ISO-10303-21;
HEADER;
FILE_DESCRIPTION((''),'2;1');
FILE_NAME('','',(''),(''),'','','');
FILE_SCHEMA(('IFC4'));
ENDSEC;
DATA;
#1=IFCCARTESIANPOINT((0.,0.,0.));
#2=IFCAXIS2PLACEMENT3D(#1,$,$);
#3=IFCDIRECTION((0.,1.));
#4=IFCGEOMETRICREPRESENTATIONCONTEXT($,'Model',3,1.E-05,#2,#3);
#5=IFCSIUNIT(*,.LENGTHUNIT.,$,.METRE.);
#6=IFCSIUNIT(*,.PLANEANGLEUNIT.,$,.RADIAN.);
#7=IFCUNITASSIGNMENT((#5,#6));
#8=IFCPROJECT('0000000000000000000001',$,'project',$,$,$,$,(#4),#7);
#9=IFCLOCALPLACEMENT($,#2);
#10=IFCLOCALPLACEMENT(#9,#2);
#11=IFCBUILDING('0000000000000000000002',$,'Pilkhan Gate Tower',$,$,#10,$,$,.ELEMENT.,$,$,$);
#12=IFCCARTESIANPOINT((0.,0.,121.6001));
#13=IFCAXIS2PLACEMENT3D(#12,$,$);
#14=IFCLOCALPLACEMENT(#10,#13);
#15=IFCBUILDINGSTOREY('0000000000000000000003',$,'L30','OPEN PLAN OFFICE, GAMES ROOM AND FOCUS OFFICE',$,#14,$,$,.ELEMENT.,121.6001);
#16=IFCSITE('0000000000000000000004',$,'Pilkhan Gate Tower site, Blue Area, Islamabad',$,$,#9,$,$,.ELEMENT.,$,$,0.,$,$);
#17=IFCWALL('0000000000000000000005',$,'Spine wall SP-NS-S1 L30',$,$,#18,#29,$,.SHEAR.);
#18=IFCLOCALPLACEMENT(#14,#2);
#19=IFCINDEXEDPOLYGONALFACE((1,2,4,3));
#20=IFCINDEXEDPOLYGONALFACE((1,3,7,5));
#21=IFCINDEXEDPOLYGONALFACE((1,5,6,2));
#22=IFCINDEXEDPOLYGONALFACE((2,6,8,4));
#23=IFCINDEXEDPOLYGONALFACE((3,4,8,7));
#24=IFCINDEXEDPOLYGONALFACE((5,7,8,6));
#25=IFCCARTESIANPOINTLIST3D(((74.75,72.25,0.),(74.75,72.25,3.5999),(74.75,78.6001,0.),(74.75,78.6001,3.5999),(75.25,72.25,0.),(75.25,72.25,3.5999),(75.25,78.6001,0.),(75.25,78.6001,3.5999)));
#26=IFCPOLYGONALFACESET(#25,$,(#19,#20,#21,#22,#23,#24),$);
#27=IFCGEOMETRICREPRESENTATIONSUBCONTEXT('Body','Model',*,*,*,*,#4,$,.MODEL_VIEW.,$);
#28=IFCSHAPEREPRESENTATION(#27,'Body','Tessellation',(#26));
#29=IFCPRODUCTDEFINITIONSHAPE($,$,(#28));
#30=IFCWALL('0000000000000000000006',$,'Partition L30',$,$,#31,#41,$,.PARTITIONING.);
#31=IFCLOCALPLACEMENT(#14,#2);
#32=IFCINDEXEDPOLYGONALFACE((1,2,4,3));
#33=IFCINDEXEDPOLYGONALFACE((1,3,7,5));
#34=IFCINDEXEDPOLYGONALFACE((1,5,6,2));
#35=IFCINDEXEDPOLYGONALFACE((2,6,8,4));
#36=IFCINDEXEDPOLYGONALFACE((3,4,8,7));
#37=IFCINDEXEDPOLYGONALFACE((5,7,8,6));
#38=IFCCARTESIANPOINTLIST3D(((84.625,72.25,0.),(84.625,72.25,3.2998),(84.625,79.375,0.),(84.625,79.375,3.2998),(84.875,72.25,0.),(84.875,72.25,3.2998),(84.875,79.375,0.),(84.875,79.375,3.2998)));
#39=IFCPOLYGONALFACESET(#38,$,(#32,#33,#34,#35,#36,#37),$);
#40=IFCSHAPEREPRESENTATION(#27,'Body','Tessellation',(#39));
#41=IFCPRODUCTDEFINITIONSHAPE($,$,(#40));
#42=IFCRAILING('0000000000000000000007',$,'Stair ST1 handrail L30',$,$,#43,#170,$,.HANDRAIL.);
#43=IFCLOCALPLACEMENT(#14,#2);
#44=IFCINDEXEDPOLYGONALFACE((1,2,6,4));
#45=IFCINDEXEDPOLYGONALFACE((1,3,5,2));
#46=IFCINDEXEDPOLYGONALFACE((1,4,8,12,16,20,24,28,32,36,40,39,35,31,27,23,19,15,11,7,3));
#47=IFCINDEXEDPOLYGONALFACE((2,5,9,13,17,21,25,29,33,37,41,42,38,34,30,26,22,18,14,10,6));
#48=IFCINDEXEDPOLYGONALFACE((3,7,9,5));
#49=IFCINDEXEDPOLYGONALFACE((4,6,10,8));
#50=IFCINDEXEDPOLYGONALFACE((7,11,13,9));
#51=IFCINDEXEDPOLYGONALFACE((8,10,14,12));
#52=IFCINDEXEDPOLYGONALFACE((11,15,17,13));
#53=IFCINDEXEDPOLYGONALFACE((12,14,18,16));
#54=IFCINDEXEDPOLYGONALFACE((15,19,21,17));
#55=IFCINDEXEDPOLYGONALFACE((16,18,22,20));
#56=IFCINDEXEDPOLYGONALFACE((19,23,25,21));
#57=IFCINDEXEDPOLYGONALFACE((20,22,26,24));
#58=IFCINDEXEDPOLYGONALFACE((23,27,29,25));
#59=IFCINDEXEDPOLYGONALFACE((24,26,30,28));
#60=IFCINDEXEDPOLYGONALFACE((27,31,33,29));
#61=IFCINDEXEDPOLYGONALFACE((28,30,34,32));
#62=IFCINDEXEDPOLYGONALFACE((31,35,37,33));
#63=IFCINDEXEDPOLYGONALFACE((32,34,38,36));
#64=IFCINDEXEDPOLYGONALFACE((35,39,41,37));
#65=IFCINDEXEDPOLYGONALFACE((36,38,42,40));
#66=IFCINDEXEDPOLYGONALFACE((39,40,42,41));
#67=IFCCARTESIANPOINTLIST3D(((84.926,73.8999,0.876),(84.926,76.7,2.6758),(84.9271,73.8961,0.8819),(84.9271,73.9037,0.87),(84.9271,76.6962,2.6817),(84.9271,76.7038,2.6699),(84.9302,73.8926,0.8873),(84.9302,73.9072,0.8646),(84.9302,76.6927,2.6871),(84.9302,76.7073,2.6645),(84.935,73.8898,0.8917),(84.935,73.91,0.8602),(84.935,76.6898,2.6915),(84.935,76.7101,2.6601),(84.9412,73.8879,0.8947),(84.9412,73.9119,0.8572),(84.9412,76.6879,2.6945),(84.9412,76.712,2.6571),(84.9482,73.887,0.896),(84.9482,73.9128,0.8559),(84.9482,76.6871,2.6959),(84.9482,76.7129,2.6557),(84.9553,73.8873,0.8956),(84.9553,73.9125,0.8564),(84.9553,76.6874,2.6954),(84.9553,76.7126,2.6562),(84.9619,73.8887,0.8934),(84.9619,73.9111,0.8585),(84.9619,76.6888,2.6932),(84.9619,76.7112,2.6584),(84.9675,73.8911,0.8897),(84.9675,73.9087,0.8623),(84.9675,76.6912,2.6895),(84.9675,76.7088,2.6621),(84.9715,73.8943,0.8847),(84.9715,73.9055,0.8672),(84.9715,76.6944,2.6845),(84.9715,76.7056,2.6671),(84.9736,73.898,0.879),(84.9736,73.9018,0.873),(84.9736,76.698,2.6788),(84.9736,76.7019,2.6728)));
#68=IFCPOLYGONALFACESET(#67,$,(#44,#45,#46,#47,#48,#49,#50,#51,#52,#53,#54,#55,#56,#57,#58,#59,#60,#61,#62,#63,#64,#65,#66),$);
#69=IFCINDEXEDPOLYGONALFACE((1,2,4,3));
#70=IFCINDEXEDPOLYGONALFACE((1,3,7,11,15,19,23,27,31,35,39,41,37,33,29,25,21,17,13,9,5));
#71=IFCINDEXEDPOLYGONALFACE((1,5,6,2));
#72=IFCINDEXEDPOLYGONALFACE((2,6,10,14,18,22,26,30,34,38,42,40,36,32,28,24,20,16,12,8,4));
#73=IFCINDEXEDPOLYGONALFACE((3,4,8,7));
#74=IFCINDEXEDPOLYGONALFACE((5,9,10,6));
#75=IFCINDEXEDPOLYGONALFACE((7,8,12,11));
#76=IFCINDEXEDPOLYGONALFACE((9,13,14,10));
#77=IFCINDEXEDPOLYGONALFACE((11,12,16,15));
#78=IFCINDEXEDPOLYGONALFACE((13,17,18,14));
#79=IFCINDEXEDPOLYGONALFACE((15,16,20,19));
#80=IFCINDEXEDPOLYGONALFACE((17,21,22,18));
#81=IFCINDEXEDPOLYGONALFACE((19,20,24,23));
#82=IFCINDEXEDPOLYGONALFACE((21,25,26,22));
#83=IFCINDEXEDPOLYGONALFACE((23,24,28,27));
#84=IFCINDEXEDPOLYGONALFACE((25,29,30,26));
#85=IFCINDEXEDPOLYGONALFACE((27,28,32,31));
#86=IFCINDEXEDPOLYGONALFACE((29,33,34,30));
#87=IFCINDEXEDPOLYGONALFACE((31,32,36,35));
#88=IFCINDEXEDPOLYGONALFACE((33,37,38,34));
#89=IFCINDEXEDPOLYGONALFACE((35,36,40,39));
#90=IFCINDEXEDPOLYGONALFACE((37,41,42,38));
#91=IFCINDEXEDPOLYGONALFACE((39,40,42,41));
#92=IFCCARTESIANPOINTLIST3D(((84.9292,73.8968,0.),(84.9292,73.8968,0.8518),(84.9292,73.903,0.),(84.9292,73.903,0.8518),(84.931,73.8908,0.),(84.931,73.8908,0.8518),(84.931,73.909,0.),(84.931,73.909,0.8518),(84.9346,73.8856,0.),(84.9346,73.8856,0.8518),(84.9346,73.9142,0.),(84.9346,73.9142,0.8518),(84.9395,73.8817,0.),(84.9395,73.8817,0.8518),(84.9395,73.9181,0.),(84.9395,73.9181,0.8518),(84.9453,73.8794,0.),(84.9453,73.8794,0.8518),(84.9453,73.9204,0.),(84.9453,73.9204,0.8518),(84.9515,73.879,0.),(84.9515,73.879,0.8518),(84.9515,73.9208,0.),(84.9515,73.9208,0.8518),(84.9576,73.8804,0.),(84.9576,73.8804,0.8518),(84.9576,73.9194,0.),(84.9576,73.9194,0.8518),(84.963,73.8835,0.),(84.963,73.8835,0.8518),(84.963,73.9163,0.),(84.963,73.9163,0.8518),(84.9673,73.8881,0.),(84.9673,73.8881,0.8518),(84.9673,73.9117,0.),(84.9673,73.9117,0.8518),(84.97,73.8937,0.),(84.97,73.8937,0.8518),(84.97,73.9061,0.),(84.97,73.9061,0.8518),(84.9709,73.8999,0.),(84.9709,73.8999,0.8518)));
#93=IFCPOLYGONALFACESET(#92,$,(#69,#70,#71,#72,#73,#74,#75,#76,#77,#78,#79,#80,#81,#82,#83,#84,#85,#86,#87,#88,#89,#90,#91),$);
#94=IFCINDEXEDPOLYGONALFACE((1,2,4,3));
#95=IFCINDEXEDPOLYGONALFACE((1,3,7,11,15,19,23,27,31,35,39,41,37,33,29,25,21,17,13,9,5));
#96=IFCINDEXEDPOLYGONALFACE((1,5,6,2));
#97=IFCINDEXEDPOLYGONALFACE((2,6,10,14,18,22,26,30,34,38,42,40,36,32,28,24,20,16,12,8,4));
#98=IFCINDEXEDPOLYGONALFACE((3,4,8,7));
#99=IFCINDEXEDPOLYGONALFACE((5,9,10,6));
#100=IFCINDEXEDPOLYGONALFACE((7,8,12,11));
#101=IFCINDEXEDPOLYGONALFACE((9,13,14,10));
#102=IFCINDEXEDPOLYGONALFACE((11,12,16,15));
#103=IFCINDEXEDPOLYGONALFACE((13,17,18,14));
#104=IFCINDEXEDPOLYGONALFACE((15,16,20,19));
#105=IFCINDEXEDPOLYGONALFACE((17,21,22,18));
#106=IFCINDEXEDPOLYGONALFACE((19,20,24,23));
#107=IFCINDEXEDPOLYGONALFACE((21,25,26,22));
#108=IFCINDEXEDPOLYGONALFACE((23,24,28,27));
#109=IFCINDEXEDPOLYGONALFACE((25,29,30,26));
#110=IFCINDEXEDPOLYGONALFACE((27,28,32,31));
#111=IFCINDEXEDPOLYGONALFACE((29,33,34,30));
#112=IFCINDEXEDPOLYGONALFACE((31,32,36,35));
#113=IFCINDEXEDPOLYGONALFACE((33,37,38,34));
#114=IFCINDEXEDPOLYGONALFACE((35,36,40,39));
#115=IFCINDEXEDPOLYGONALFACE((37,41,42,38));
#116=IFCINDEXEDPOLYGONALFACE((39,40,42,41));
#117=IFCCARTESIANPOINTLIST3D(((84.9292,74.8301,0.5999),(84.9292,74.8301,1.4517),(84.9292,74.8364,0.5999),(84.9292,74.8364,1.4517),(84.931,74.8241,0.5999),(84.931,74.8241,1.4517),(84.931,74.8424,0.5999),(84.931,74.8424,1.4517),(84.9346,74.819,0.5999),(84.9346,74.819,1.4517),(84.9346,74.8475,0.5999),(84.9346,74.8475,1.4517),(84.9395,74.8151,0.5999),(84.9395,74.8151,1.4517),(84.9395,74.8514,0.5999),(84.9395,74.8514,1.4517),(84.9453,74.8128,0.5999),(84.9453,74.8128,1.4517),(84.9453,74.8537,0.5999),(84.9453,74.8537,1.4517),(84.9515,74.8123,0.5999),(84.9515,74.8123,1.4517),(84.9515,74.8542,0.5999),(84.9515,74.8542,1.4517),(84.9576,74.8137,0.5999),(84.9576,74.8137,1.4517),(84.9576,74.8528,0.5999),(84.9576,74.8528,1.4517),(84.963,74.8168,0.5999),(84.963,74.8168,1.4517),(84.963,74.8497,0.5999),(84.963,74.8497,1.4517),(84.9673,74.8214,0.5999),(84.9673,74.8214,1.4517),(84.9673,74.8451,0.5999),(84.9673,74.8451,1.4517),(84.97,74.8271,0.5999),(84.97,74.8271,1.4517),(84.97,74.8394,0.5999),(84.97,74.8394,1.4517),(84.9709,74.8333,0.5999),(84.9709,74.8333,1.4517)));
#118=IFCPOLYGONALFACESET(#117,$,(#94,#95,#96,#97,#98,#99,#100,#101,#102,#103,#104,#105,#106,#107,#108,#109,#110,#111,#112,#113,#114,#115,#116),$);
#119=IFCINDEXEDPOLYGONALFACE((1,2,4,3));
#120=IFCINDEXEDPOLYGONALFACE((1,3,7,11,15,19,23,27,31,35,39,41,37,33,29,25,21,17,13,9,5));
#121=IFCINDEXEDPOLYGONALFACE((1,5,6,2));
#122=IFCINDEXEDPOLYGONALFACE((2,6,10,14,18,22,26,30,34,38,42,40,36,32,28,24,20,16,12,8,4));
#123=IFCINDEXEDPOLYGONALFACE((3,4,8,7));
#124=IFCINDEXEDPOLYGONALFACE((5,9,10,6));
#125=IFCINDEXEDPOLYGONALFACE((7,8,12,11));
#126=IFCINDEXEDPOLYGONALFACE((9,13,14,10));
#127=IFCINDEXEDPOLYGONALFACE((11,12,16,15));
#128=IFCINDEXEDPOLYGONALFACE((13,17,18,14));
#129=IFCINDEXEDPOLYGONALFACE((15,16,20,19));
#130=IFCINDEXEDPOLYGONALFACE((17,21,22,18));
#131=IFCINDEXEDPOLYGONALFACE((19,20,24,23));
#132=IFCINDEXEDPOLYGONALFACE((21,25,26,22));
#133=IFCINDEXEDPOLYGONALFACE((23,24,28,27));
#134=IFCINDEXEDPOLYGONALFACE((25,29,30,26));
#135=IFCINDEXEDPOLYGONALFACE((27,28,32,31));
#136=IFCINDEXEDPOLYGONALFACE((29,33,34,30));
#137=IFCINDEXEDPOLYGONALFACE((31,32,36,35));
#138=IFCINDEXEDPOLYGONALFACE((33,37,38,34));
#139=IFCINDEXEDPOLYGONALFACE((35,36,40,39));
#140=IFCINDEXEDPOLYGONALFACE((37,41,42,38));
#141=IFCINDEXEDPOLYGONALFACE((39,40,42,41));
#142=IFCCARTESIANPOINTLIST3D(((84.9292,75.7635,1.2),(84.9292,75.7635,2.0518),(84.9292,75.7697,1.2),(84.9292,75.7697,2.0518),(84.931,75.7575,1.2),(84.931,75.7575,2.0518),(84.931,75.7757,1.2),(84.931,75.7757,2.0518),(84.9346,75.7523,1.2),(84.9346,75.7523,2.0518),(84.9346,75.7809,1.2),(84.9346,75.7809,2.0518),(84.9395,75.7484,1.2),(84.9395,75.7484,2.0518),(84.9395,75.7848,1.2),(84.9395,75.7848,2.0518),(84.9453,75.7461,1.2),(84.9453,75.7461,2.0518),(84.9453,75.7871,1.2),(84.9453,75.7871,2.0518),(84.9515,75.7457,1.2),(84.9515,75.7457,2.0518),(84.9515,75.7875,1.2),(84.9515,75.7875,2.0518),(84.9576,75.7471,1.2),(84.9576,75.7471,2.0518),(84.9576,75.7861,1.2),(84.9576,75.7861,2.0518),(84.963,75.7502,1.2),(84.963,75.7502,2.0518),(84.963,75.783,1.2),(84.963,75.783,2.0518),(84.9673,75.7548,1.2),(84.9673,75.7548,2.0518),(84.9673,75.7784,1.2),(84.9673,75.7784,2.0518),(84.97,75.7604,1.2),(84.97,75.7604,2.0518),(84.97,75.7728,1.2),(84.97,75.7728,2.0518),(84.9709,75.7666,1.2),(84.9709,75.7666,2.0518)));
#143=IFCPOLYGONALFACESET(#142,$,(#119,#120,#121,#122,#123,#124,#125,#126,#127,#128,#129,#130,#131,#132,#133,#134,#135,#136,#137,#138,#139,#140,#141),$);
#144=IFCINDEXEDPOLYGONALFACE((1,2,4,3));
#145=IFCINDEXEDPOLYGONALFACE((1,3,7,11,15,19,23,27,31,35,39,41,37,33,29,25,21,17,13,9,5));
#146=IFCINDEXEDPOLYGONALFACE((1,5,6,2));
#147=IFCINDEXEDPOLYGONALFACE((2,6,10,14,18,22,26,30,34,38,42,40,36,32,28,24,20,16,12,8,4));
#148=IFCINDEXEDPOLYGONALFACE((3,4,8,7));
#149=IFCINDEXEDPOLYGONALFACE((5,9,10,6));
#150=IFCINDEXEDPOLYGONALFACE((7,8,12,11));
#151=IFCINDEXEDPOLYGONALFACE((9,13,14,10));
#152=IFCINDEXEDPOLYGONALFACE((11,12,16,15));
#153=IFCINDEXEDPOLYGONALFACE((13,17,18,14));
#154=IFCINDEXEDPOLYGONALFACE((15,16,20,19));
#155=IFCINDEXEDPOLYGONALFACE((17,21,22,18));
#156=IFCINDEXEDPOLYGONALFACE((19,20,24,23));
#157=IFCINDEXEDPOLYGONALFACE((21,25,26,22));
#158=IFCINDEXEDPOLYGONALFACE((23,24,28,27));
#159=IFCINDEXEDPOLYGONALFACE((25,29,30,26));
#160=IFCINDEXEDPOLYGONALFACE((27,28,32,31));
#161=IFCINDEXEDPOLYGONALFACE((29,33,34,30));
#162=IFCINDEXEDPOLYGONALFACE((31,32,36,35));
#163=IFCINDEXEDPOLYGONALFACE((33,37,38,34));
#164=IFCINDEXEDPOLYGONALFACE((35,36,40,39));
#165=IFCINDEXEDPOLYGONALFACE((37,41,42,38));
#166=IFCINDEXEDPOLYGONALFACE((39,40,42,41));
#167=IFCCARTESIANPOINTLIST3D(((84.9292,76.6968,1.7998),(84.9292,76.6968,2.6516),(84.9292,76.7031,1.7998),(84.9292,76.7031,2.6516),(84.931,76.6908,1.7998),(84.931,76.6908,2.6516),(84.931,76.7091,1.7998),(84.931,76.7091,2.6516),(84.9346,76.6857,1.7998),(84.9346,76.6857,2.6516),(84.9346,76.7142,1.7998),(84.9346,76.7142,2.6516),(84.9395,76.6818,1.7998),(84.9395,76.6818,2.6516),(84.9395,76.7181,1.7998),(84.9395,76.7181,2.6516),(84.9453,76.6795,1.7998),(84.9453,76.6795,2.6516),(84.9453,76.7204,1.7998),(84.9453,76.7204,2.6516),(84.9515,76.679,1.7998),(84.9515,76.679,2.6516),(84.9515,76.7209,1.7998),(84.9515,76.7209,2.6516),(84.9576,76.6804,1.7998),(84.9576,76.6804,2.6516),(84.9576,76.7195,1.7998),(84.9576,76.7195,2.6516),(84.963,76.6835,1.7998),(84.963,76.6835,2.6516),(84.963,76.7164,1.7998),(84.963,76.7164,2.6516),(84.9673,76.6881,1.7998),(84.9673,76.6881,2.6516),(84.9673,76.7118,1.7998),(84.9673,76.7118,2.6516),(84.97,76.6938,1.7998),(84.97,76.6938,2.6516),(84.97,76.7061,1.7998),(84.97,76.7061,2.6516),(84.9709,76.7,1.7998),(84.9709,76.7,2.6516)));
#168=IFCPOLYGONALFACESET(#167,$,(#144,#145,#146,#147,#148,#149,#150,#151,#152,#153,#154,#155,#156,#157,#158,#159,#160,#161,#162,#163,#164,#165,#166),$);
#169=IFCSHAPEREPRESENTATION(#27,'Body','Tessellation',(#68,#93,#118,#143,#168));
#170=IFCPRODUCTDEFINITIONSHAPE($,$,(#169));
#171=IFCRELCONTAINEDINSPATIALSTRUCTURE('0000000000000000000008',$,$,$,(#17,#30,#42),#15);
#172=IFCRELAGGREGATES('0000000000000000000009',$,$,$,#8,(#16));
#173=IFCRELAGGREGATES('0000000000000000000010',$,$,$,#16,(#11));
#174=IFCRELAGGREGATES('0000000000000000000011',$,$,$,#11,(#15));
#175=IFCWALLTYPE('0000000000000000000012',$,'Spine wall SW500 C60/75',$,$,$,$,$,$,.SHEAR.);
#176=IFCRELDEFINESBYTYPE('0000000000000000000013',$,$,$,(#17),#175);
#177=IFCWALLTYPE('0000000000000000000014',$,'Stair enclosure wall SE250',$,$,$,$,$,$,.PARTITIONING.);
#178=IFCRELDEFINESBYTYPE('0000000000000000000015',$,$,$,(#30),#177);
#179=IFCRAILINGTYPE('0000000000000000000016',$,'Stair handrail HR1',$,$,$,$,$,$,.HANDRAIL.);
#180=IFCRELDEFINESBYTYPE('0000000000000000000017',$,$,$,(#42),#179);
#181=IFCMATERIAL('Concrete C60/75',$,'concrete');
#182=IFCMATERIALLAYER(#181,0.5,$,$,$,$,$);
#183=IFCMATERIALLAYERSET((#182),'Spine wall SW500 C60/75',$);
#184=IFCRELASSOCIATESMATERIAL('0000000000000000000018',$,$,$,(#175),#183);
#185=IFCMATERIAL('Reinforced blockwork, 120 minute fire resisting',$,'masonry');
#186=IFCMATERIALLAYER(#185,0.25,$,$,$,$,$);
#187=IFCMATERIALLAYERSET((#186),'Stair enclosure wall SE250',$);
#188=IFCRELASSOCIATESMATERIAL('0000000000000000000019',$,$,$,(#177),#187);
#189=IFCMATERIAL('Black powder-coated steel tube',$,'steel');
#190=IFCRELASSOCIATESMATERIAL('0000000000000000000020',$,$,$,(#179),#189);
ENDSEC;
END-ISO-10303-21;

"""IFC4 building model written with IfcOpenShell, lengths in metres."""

from ifc_helpers import new_model, si_unit, direction, frame, frame_2d, origin, origin_2d, place, context, subcontext, project, spatial, rectangle, circle, extrude, material, layer, layer_set, type_object, element, save


model = new_model("IFC4")

# Units and contexts
model_context = context("Model", 3, precision=1e-05, world=origin(), true_north=direction((0.0, 1.0)))
body_context = subcontext(model_context, "Body", "Model", "MODEL_VIEW")
ifc_project = project(units=[si_unit("LENGTHUNIT", "METRE"), si_unit("PLANEANGLEUNIT", "RADIAN")], contexts=[model_context])

# Site, building, storey
site_placement = place(None, origin())
site = spatial("IfcSite", under=ifc_project, at=site_placement, Name="Pilkhan Gate Tower site, Blue Area, Islamabad", CompositionType="ELEMENT", RefElevation=0.0)
building_placement = place(site_placement, origin())
building = spatial("IfcBuilding", under=site, at=building_placement, Name="Pilkhan Gate Tower", CompositionType="ELEMENT")
storey_placement = place(building_placement, frame((0.0, 0.0, 121.6001)))
storey = spatial("IfcBuildingStorey", under=building, at=storey_placement, Name="L30", Description="OPEN PLAN OFFICE, GAMES ROOM AND FOCUS OFFICE", CompositionType="ELEMENT", Elevation=121.6001)

# Shared definitions
ifc_material_1 = material(Name="Concrete C60/75", Category="concrete")

# Walls
ifc_layer_1 = layer(ifc_material_1, 0.5)
ifc_layer_set_1 = layer_set([ifc_layer_1], Name="Spine wall SW500 C60/75")
wall_type_1 = type_object("IfcWallType", Name="Spine wall SW500 C60/75", PredefinedType="SHEAR", material=ifc_layer_set_1)
wall_1_placement = place(storey_placement, frame((75.0, 72.25, 0.0), z_axis=(0.0, 0.0, 1.0), x_axis=(0.0, 1.0, 0.0)))
element("IfcWall", 1, at=wall_1_placement, inside=storey, type_object=wall_type_1, Name="Spine wall SP-NS-S1 L30", PredefinedType="SHEAR", context=body_context, shape_type="SweptSolid", body=[
    extrude(rectangle(XDim=6.3501, YDim=0.5, at=frame_2d((3.175, 0.0))), origin(), (0.0, 0.0, 1.0), 3.5999),
])
ifc_material_2 = material(Name="Reinforced blockwork, 120 minute fire resisting", Category="masonry")
ifc_layer_2 = layer(ifc_material_2, 0.25)
ifc_layer_set_2 = layer_set([ifc_layer_2], Name="Stair enclosure wall SE250")
wall_type_2 = type_object("IfcWallType", Name="Stair enclosure wall SE250", PredefinedType="PARTITIONING", material=ifc_layer_set_2)
wall_2_placement = place(storey_placement, frame((84.75, 72.25, 0.0), z_axis=(0.0, 0.0, 1.0), x_axis=(0.0, 1.0, 0.0)))
element("IfcWall", 2, at=wall_2_placement, inside=storey, type_object=wall_type_2, Name="Partition L30", PredefinedType="PARTITIONING", context=body_context, shape_type="SweptSolid", body=[
    extrude(rectangle(XDim=7.125, YDim=0.25, at=frame_2d((3.5625, 0.0))), origin(), (0.0, 0.0, 1.0), 3.2998),
])

# Railing
ifc_material_3 = material(Name="Black powder-coated steel tube", Category="steel")
railing_type = type_object("IfcRailingType", Name="Stair handrail HR1", PredefinedType="HANDRAIL", material=ifc_material_3)
railing_placement = place(storey_placement, frame((84.95, 73.8999, 0.0)))
element("IfcRailing", 3, at=railing_placement, inside=storey, type_object=railing_type, Name="Stair ST1 handrail L30", PredefinedType="HANDRAIL", context=body_context, shape_type="SweptSolid", body=[
    extrude(circle(Radius=0.0239, at=origin_2d()), frame((0.0, 0.0, 0.876), z_axis=(0.0, 0.841209, 0.540709), x_axis=(-1.0, 0.0, 0.0)), (0.0, 0.0, 1.0), 3.3286),
    extrude(circle(Radius=0.021, at=origin_2d()), origin(), (0.0, 0.0, 1.0), 0.8518),
    extrude(circle(Radius=0.021, at=origin_2d()), frame((0.0, 0.9333, 0.5999)), (0.0, 0.0, 1.0), 0.8518),
    extrude(circle(Radius=0.021, at=origin_2d()), frame((0.0, 1.8667, 1.2)), (0.0, 0.0, 1.0), 0.8518),
    extrude(circle(Radius=0.021, at=origin_2d()), frame((0.0, 2.8, 1.7998)), (0.0, 0.0, 1.0), 0.8518),
])

save(model, "model.ifc")
